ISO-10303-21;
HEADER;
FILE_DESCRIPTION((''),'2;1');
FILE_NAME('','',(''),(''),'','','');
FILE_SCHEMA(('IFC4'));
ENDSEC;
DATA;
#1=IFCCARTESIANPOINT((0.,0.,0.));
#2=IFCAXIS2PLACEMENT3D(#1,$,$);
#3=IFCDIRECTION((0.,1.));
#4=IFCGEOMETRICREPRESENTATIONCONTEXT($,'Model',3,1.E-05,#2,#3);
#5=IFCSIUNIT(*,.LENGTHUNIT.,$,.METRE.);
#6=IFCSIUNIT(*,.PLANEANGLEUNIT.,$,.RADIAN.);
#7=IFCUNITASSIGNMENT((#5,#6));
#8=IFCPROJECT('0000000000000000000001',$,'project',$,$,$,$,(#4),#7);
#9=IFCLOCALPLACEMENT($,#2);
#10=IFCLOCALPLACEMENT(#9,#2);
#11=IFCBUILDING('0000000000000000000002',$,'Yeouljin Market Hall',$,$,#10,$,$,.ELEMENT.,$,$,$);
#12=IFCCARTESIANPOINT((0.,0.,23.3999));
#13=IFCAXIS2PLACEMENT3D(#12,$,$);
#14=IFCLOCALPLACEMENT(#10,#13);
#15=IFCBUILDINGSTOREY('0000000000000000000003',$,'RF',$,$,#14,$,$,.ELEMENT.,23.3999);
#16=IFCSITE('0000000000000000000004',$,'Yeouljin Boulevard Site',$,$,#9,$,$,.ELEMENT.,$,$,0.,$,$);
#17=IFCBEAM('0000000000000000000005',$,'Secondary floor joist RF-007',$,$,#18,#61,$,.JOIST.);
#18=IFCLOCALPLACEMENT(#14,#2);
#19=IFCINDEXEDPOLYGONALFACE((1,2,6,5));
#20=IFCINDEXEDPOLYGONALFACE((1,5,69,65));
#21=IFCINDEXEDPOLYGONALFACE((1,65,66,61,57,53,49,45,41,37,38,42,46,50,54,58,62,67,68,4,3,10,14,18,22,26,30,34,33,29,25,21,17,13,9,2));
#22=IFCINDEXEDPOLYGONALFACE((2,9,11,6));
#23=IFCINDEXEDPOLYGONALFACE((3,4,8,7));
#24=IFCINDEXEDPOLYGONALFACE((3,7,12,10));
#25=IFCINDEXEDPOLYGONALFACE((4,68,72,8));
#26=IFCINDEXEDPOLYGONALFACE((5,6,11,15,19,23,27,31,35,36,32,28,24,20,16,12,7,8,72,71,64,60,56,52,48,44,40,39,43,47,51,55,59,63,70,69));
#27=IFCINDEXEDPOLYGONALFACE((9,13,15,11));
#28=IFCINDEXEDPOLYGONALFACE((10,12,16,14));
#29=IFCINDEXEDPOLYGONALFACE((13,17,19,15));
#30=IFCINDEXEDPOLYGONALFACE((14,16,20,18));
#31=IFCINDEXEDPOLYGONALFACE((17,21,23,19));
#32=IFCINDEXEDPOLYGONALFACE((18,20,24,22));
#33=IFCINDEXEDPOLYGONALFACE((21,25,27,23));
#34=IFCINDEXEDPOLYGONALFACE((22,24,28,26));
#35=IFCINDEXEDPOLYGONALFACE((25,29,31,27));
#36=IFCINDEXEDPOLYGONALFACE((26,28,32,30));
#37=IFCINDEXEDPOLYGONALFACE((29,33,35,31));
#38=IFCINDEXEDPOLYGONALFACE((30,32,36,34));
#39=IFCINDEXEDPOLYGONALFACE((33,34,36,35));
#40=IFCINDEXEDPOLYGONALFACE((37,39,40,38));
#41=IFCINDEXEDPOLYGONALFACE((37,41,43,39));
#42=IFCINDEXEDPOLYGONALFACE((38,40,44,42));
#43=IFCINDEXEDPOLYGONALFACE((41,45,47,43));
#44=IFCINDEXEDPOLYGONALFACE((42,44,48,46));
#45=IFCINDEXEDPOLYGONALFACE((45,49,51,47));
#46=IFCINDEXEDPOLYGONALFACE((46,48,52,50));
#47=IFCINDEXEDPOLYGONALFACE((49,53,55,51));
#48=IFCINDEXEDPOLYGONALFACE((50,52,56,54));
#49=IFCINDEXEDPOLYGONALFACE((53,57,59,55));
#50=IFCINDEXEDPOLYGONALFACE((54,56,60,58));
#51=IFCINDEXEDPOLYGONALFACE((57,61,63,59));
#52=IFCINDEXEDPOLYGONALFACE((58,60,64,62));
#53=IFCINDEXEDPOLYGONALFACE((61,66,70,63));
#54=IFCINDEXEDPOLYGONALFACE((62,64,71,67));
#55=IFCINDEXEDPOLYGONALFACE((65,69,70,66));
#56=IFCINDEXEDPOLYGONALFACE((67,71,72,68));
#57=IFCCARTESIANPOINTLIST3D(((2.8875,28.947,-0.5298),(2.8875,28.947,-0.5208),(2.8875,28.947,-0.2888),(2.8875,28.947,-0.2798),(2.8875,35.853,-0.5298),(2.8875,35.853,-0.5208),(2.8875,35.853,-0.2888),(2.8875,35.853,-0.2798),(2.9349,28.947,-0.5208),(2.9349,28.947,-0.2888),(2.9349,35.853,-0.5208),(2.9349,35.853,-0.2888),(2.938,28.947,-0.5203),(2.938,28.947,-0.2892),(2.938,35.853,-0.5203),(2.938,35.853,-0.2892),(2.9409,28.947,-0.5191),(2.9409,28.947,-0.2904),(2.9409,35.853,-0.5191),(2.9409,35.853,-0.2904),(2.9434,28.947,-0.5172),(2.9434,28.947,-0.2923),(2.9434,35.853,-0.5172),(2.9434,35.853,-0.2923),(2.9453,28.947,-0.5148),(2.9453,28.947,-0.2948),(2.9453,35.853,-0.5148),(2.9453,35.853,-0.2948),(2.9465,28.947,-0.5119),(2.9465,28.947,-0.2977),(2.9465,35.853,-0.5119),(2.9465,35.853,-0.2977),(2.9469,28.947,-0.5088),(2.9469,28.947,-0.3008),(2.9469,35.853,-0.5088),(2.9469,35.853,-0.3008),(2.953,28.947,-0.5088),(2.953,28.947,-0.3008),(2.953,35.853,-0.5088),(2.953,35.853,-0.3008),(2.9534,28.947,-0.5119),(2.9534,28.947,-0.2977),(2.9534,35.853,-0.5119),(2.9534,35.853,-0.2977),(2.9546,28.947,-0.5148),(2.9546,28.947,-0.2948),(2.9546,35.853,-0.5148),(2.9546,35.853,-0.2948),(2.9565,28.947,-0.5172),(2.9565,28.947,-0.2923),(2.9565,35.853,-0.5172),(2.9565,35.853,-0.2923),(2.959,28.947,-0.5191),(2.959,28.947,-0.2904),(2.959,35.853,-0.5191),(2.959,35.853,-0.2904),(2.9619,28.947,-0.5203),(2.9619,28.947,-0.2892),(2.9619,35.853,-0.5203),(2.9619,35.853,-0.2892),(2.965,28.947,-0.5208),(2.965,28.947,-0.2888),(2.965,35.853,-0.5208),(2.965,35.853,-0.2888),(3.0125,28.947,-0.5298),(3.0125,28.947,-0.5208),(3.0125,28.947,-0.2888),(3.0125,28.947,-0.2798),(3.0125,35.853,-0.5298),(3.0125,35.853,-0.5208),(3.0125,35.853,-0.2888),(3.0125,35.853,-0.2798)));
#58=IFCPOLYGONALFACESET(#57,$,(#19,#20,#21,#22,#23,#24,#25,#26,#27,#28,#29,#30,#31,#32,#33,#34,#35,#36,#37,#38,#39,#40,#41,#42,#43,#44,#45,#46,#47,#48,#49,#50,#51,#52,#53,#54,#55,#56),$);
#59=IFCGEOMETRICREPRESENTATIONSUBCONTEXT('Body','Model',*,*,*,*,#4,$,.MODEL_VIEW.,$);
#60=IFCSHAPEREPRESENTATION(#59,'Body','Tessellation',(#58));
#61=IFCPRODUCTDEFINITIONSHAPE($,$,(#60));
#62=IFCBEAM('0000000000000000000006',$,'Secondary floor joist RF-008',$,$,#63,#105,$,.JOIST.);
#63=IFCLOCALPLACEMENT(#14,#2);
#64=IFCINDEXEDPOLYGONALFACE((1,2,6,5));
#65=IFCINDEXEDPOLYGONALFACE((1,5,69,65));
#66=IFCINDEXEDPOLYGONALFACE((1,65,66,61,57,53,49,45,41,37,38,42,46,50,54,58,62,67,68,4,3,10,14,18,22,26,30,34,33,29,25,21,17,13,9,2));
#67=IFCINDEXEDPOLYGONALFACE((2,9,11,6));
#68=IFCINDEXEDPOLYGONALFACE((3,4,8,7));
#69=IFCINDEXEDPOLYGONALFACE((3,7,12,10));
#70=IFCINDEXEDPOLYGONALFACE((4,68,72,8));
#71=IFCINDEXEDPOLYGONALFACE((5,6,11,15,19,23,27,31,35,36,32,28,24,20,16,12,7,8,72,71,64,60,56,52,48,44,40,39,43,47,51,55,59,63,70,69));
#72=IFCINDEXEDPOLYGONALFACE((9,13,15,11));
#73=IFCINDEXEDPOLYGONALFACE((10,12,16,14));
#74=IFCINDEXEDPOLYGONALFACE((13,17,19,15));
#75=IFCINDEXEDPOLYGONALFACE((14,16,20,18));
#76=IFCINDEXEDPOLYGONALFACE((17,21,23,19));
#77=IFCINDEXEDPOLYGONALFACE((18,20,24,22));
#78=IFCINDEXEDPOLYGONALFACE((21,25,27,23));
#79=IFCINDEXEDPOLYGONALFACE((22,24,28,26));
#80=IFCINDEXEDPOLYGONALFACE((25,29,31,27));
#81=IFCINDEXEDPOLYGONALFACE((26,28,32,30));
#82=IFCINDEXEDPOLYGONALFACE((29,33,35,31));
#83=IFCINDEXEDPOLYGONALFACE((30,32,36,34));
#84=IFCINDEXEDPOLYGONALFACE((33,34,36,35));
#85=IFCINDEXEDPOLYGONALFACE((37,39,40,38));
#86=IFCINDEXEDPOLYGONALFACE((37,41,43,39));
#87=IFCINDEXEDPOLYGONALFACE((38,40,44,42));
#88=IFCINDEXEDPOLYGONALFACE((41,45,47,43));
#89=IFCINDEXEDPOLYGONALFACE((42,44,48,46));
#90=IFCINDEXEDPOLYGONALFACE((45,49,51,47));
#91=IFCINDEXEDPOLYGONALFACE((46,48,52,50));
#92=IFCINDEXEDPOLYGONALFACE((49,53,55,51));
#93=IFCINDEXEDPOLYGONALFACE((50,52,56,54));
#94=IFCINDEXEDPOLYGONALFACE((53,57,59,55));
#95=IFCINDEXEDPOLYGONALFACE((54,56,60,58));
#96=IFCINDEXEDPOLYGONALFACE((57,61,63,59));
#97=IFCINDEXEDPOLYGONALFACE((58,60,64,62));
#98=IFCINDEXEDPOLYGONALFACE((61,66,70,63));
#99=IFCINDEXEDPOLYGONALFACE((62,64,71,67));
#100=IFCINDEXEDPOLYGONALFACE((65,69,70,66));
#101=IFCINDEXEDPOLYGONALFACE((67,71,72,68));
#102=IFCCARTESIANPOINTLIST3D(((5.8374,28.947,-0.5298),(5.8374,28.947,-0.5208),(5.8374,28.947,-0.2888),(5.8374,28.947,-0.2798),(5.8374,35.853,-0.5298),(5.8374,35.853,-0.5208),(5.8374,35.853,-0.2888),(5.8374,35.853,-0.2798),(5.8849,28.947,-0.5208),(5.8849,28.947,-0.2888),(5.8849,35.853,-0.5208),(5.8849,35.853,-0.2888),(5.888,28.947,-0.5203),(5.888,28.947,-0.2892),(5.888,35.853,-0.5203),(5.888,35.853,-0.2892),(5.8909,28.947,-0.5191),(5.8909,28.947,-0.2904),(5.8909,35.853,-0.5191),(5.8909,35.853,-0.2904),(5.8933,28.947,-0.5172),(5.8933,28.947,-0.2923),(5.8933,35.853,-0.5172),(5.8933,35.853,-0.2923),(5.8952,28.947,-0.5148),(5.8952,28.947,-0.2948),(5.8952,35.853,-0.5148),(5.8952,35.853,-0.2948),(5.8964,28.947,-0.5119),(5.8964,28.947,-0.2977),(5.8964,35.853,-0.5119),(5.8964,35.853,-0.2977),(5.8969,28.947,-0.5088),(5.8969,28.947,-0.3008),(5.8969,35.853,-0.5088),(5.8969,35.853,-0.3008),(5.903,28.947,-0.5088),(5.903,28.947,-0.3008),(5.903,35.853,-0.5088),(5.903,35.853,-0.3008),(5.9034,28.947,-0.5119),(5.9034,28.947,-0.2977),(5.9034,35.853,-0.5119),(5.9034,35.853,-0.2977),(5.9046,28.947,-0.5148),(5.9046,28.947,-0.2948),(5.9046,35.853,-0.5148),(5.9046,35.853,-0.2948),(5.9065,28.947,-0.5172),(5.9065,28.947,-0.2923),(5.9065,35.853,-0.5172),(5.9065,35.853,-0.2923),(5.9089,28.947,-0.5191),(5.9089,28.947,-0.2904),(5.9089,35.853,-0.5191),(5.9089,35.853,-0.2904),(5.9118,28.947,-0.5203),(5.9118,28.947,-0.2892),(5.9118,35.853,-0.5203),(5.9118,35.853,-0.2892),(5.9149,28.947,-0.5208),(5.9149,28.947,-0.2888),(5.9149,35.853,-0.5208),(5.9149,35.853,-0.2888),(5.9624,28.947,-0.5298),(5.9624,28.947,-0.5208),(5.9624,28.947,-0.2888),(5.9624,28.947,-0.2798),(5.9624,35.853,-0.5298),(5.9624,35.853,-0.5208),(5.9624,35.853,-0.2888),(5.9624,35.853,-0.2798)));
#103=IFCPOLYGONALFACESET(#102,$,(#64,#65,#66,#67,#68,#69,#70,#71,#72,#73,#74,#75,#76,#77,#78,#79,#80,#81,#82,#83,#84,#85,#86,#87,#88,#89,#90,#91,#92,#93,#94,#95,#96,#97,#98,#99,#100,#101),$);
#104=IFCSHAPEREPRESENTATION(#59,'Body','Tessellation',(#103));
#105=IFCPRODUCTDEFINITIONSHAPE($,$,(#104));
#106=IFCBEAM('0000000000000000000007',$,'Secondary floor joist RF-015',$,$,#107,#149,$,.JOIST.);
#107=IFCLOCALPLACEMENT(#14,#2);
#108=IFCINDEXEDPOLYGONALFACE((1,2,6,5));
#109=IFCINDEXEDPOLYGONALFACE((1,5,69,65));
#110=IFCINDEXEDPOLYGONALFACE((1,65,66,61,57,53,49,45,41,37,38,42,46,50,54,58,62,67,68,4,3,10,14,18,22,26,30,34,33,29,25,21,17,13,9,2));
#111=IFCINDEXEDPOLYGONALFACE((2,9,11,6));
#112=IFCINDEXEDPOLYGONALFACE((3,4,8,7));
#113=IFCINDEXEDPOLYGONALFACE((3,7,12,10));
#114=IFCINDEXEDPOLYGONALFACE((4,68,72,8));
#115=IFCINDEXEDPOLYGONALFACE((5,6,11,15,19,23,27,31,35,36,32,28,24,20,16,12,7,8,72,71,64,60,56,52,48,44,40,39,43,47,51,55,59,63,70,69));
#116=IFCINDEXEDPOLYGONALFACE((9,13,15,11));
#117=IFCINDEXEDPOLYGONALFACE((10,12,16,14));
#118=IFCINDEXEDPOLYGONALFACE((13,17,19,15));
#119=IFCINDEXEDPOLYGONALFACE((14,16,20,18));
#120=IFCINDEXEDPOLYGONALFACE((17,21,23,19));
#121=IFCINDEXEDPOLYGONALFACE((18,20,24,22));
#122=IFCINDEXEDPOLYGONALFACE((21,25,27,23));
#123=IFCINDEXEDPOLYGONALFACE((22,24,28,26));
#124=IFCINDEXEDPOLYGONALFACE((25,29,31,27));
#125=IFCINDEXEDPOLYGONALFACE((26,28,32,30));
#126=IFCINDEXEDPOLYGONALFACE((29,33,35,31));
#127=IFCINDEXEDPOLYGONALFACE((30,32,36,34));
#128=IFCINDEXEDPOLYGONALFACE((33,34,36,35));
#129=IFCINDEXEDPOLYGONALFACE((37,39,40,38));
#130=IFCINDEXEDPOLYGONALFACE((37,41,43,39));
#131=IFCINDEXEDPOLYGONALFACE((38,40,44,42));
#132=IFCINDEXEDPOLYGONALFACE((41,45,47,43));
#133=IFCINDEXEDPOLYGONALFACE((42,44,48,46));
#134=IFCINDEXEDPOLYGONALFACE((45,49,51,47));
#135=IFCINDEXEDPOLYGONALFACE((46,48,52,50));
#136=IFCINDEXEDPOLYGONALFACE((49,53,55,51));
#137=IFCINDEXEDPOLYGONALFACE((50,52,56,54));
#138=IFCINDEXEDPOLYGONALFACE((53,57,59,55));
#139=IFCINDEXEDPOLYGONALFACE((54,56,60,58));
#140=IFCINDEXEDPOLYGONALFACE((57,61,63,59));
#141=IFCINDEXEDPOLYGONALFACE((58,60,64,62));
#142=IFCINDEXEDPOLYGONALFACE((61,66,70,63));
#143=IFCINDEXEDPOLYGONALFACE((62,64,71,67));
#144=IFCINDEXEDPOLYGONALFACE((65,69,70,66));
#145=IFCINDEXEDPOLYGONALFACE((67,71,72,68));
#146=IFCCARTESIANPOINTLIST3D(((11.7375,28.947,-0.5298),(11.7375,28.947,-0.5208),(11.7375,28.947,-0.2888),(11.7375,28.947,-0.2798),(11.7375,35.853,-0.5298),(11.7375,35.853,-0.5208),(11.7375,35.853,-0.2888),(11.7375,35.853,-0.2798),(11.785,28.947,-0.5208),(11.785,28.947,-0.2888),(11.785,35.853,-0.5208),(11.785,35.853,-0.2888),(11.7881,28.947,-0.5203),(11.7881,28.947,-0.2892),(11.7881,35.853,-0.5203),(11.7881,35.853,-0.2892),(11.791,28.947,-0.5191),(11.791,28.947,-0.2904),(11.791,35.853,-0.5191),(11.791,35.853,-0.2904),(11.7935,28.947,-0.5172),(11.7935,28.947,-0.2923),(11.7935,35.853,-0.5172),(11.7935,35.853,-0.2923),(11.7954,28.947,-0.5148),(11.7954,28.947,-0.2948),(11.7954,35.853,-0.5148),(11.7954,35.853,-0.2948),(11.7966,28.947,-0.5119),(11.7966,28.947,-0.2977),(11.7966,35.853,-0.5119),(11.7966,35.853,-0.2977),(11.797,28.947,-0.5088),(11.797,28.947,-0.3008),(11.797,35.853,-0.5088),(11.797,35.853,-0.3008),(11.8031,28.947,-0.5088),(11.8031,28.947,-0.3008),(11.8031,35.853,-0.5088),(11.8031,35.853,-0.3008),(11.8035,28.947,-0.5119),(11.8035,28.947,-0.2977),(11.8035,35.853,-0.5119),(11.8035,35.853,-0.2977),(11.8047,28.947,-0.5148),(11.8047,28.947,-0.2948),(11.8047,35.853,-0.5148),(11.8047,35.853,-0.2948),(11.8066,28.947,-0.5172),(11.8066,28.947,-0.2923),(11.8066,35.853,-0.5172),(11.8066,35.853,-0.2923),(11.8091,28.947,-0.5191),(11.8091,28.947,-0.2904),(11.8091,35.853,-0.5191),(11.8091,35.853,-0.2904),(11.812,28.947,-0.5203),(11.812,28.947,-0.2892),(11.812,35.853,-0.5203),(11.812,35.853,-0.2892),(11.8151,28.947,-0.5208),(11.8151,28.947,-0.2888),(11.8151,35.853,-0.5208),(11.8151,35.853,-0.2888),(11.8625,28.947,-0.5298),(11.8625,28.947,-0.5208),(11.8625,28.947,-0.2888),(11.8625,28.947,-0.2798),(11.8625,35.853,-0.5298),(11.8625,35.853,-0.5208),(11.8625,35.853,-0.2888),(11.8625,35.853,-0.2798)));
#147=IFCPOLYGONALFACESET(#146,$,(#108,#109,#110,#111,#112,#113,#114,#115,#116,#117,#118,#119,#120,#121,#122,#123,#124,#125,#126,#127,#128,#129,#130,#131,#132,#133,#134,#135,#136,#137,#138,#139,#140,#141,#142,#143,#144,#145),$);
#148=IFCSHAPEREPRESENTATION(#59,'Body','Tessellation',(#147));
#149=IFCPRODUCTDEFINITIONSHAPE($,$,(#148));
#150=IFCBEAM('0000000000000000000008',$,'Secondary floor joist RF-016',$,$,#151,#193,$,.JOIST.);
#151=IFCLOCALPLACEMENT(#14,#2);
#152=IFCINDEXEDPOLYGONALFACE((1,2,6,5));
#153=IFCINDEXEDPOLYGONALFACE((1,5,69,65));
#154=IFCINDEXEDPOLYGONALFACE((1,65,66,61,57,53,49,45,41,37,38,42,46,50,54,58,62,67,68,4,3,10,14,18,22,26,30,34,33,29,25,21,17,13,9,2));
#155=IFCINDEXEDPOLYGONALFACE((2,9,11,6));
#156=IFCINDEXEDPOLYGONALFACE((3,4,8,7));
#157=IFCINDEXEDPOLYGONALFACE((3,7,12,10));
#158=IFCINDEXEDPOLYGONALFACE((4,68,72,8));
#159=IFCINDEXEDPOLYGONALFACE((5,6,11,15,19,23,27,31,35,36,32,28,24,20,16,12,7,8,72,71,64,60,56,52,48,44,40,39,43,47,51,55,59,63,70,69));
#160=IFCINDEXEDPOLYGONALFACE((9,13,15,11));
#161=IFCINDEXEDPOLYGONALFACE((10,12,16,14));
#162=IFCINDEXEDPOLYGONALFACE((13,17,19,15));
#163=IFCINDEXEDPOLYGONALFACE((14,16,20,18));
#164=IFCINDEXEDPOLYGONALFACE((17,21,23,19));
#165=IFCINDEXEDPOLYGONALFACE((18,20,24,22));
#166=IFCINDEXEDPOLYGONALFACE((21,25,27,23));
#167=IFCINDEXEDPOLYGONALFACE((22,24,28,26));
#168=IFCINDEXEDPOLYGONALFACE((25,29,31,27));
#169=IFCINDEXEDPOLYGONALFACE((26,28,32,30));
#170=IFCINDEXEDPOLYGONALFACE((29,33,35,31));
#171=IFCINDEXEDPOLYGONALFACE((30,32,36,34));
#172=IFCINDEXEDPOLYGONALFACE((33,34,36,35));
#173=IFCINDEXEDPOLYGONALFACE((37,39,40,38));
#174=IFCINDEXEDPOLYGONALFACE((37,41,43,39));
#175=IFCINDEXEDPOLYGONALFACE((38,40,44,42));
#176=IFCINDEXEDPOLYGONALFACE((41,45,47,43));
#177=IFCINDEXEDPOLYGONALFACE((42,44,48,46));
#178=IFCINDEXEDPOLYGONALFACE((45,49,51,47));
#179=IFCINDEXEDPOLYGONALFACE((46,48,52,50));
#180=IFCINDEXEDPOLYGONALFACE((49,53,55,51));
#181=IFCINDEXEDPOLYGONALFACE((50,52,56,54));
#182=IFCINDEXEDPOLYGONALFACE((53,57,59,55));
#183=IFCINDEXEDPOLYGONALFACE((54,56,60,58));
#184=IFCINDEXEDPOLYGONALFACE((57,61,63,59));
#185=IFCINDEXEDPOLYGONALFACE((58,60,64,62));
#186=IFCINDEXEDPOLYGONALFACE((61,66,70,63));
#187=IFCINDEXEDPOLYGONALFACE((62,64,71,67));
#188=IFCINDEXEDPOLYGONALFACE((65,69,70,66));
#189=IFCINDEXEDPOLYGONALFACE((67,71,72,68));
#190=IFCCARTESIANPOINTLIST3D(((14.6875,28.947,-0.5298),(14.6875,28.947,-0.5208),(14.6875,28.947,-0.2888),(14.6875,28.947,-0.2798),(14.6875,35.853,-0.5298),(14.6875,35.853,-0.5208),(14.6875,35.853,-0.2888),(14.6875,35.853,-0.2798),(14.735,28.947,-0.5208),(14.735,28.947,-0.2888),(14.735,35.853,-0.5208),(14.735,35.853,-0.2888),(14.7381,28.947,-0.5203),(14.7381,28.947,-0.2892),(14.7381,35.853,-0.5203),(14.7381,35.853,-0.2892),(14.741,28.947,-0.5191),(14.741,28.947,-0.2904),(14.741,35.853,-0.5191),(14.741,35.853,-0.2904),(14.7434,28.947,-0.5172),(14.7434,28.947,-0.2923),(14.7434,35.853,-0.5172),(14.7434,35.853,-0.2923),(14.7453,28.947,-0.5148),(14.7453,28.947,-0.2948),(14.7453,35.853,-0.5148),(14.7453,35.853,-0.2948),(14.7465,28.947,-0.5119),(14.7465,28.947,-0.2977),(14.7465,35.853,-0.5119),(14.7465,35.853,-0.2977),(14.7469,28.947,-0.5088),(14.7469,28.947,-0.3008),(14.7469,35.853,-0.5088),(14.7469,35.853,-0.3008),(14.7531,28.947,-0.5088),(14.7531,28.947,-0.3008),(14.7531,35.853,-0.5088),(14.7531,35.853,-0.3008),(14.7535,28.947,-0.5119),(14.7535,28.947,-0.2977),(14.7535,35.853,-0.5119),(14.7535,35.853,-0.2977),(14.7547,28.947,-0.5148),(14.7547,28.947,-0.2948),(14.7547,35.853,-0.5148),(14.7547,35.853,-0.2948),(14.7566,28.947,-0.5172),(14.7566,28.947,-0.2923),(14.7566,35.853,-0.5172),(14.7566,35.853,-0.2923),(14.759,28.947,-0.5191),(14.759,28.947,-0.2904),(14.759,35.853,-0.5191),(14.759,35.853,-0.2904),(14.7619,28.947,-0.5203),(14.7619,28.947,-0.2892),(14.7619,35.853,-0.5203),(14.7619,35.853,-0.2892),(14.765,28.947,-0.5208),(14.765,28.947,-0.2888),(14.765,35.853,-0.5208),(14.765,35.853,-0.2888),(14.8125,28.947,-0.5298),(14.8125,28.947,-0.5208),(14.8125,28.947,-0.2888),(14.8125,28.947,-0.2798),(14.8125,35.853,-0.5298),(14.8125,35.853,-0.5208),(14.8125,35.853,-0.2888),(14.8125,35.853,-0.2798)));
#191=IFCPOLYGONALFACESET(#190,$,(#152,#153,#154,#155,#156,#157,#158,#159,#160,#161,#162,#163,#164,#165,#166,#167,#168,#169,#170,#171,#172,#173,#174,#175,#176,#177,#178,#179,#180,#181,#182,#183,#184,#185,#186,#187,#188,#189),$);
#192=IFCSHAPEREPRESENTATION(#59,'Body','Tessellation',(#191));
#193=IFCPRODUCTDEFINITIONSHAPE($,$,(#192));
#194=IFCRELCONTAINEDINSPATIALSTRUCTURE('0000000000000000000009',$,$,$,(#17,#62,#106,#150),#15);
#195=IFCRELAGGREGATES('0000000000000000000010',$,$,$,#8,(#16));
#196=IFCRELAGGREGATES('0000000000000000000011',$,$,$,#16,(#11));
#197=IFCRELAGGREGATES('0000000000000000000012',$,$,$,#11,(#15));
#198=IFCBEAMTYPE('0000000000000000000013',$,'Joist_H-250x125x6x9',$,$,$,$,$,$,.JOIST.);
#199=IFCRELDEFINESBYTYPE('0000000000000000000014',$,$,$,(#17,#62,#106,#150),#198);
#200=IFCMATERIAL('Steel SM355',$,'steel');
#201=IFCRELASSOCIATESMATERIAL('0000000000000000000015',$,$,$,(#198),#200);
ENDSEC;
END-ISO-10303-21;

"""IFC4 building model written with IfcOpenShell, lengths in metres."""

from ifc_helpers import new_model, si_unit, direction, frame, origin, origin_2d, place, context, subcontext, project, spatial, i_section, extrude, material, material_profile, profile_set, type_object, element, save


model = new_model("IFC4")

# Units and contexts
model_context = context("Model", 3, precision=1e-05, world=origin(), true_north=direction((0.0, 1.0)))
body_context = subcontext(model_context, "Body", "Model", "MODEL_VIEW")
ifc_project = project(units=[si_unit("LENGTHUNIT", "METRE"), si_unit("PLANEANGLEUNIT", "RADIAN")], contexts=[model_context])

# Site, building, storey
site_placement = place(None, origin())
site = spatial("IfcSite", under=ifc_project, at=site_placement, Name="Yeouljin Boulevard Site", CompositionType="ELEMENT", RefElevation=0.0)
building_placement = place(site_placement, origin())
building = spatial("IfcBuilding", under=site, at=building_placement, Name="Yeouljin Market Hall", CompositionType="ELEMENT")
storey_placement = place(building_placement, frame((0.0, 0.0, 23.3999)))
storey = spatial("IfcBuildingStorey", under=building, at=storey_placement, Name="RF", CompositionType="ELEMENT", Elevation=23.3999)

# Beams
ifc_material_1 = material(Name="Steel SM355", Category="steel")
ifc_material_profile_1 = material_profile(ifc_material_1, i_section(OverallWidth=0.125, OverallDepth=0.25, WebThickness=0.0061, FlangeThickness=0.009, FilletRadius=0.012, at=origin_2d()), Name="H-250x125x6x9")
ifc_profile_set_1 = profile_set([ifc_material_profile_1], Name="Steel SM355")
beam_type_1 = type_object("IfcBeamType", Name="Joist_H-250x125x6x9", PredefinedType="JOIST", material=ifc_profile_set_1)
for number, where, z_axis, x_axis, name in (
    (1, (2.95, 28.947, -0.4048), (0.0, 1.0, 0.0), (-1.0, 0.0, 0.0), "Secondary floor joist RF-007"),
    (2, (5.8999, 28.947, -0.4048), (0.0, 1.0, 0.0), (-1.0, 0.0, 0.0), "Secondary floor joist RF-008"),
    (3, (11.8, 28.947, -0.4048), (0.0, 1.0, 0.0), (-1.0, 0.0, 0.0), "Secondary floor joist RF-015"),
    (4, (14.75, 28.947, -0.4048), (0.0, 1.0, 0.0), (-1.0, 0.0, 0.0), "Secondary floor joist RF-016"),
):
    element("IfcBeam", number, at=place(storey_placement, frame(where, z_axis=z_axis, x_axis=x_axis)), inside=storey, type_object=beam_type_1, Name=name, PredefinedType="JOIST", context=body_context, shape_type="SweptSolid", body=[
        extrude(i_section(OverallWidth=0.125, OverallDepth=0.25, WebThickness=0.0061, FlangeThickness=0.009, FilletRadius=0.012, at=origin_2d()), origin(), (0.0, 0.0, 1.0), 6.906),
    ])

save(model, "model.ifc")
